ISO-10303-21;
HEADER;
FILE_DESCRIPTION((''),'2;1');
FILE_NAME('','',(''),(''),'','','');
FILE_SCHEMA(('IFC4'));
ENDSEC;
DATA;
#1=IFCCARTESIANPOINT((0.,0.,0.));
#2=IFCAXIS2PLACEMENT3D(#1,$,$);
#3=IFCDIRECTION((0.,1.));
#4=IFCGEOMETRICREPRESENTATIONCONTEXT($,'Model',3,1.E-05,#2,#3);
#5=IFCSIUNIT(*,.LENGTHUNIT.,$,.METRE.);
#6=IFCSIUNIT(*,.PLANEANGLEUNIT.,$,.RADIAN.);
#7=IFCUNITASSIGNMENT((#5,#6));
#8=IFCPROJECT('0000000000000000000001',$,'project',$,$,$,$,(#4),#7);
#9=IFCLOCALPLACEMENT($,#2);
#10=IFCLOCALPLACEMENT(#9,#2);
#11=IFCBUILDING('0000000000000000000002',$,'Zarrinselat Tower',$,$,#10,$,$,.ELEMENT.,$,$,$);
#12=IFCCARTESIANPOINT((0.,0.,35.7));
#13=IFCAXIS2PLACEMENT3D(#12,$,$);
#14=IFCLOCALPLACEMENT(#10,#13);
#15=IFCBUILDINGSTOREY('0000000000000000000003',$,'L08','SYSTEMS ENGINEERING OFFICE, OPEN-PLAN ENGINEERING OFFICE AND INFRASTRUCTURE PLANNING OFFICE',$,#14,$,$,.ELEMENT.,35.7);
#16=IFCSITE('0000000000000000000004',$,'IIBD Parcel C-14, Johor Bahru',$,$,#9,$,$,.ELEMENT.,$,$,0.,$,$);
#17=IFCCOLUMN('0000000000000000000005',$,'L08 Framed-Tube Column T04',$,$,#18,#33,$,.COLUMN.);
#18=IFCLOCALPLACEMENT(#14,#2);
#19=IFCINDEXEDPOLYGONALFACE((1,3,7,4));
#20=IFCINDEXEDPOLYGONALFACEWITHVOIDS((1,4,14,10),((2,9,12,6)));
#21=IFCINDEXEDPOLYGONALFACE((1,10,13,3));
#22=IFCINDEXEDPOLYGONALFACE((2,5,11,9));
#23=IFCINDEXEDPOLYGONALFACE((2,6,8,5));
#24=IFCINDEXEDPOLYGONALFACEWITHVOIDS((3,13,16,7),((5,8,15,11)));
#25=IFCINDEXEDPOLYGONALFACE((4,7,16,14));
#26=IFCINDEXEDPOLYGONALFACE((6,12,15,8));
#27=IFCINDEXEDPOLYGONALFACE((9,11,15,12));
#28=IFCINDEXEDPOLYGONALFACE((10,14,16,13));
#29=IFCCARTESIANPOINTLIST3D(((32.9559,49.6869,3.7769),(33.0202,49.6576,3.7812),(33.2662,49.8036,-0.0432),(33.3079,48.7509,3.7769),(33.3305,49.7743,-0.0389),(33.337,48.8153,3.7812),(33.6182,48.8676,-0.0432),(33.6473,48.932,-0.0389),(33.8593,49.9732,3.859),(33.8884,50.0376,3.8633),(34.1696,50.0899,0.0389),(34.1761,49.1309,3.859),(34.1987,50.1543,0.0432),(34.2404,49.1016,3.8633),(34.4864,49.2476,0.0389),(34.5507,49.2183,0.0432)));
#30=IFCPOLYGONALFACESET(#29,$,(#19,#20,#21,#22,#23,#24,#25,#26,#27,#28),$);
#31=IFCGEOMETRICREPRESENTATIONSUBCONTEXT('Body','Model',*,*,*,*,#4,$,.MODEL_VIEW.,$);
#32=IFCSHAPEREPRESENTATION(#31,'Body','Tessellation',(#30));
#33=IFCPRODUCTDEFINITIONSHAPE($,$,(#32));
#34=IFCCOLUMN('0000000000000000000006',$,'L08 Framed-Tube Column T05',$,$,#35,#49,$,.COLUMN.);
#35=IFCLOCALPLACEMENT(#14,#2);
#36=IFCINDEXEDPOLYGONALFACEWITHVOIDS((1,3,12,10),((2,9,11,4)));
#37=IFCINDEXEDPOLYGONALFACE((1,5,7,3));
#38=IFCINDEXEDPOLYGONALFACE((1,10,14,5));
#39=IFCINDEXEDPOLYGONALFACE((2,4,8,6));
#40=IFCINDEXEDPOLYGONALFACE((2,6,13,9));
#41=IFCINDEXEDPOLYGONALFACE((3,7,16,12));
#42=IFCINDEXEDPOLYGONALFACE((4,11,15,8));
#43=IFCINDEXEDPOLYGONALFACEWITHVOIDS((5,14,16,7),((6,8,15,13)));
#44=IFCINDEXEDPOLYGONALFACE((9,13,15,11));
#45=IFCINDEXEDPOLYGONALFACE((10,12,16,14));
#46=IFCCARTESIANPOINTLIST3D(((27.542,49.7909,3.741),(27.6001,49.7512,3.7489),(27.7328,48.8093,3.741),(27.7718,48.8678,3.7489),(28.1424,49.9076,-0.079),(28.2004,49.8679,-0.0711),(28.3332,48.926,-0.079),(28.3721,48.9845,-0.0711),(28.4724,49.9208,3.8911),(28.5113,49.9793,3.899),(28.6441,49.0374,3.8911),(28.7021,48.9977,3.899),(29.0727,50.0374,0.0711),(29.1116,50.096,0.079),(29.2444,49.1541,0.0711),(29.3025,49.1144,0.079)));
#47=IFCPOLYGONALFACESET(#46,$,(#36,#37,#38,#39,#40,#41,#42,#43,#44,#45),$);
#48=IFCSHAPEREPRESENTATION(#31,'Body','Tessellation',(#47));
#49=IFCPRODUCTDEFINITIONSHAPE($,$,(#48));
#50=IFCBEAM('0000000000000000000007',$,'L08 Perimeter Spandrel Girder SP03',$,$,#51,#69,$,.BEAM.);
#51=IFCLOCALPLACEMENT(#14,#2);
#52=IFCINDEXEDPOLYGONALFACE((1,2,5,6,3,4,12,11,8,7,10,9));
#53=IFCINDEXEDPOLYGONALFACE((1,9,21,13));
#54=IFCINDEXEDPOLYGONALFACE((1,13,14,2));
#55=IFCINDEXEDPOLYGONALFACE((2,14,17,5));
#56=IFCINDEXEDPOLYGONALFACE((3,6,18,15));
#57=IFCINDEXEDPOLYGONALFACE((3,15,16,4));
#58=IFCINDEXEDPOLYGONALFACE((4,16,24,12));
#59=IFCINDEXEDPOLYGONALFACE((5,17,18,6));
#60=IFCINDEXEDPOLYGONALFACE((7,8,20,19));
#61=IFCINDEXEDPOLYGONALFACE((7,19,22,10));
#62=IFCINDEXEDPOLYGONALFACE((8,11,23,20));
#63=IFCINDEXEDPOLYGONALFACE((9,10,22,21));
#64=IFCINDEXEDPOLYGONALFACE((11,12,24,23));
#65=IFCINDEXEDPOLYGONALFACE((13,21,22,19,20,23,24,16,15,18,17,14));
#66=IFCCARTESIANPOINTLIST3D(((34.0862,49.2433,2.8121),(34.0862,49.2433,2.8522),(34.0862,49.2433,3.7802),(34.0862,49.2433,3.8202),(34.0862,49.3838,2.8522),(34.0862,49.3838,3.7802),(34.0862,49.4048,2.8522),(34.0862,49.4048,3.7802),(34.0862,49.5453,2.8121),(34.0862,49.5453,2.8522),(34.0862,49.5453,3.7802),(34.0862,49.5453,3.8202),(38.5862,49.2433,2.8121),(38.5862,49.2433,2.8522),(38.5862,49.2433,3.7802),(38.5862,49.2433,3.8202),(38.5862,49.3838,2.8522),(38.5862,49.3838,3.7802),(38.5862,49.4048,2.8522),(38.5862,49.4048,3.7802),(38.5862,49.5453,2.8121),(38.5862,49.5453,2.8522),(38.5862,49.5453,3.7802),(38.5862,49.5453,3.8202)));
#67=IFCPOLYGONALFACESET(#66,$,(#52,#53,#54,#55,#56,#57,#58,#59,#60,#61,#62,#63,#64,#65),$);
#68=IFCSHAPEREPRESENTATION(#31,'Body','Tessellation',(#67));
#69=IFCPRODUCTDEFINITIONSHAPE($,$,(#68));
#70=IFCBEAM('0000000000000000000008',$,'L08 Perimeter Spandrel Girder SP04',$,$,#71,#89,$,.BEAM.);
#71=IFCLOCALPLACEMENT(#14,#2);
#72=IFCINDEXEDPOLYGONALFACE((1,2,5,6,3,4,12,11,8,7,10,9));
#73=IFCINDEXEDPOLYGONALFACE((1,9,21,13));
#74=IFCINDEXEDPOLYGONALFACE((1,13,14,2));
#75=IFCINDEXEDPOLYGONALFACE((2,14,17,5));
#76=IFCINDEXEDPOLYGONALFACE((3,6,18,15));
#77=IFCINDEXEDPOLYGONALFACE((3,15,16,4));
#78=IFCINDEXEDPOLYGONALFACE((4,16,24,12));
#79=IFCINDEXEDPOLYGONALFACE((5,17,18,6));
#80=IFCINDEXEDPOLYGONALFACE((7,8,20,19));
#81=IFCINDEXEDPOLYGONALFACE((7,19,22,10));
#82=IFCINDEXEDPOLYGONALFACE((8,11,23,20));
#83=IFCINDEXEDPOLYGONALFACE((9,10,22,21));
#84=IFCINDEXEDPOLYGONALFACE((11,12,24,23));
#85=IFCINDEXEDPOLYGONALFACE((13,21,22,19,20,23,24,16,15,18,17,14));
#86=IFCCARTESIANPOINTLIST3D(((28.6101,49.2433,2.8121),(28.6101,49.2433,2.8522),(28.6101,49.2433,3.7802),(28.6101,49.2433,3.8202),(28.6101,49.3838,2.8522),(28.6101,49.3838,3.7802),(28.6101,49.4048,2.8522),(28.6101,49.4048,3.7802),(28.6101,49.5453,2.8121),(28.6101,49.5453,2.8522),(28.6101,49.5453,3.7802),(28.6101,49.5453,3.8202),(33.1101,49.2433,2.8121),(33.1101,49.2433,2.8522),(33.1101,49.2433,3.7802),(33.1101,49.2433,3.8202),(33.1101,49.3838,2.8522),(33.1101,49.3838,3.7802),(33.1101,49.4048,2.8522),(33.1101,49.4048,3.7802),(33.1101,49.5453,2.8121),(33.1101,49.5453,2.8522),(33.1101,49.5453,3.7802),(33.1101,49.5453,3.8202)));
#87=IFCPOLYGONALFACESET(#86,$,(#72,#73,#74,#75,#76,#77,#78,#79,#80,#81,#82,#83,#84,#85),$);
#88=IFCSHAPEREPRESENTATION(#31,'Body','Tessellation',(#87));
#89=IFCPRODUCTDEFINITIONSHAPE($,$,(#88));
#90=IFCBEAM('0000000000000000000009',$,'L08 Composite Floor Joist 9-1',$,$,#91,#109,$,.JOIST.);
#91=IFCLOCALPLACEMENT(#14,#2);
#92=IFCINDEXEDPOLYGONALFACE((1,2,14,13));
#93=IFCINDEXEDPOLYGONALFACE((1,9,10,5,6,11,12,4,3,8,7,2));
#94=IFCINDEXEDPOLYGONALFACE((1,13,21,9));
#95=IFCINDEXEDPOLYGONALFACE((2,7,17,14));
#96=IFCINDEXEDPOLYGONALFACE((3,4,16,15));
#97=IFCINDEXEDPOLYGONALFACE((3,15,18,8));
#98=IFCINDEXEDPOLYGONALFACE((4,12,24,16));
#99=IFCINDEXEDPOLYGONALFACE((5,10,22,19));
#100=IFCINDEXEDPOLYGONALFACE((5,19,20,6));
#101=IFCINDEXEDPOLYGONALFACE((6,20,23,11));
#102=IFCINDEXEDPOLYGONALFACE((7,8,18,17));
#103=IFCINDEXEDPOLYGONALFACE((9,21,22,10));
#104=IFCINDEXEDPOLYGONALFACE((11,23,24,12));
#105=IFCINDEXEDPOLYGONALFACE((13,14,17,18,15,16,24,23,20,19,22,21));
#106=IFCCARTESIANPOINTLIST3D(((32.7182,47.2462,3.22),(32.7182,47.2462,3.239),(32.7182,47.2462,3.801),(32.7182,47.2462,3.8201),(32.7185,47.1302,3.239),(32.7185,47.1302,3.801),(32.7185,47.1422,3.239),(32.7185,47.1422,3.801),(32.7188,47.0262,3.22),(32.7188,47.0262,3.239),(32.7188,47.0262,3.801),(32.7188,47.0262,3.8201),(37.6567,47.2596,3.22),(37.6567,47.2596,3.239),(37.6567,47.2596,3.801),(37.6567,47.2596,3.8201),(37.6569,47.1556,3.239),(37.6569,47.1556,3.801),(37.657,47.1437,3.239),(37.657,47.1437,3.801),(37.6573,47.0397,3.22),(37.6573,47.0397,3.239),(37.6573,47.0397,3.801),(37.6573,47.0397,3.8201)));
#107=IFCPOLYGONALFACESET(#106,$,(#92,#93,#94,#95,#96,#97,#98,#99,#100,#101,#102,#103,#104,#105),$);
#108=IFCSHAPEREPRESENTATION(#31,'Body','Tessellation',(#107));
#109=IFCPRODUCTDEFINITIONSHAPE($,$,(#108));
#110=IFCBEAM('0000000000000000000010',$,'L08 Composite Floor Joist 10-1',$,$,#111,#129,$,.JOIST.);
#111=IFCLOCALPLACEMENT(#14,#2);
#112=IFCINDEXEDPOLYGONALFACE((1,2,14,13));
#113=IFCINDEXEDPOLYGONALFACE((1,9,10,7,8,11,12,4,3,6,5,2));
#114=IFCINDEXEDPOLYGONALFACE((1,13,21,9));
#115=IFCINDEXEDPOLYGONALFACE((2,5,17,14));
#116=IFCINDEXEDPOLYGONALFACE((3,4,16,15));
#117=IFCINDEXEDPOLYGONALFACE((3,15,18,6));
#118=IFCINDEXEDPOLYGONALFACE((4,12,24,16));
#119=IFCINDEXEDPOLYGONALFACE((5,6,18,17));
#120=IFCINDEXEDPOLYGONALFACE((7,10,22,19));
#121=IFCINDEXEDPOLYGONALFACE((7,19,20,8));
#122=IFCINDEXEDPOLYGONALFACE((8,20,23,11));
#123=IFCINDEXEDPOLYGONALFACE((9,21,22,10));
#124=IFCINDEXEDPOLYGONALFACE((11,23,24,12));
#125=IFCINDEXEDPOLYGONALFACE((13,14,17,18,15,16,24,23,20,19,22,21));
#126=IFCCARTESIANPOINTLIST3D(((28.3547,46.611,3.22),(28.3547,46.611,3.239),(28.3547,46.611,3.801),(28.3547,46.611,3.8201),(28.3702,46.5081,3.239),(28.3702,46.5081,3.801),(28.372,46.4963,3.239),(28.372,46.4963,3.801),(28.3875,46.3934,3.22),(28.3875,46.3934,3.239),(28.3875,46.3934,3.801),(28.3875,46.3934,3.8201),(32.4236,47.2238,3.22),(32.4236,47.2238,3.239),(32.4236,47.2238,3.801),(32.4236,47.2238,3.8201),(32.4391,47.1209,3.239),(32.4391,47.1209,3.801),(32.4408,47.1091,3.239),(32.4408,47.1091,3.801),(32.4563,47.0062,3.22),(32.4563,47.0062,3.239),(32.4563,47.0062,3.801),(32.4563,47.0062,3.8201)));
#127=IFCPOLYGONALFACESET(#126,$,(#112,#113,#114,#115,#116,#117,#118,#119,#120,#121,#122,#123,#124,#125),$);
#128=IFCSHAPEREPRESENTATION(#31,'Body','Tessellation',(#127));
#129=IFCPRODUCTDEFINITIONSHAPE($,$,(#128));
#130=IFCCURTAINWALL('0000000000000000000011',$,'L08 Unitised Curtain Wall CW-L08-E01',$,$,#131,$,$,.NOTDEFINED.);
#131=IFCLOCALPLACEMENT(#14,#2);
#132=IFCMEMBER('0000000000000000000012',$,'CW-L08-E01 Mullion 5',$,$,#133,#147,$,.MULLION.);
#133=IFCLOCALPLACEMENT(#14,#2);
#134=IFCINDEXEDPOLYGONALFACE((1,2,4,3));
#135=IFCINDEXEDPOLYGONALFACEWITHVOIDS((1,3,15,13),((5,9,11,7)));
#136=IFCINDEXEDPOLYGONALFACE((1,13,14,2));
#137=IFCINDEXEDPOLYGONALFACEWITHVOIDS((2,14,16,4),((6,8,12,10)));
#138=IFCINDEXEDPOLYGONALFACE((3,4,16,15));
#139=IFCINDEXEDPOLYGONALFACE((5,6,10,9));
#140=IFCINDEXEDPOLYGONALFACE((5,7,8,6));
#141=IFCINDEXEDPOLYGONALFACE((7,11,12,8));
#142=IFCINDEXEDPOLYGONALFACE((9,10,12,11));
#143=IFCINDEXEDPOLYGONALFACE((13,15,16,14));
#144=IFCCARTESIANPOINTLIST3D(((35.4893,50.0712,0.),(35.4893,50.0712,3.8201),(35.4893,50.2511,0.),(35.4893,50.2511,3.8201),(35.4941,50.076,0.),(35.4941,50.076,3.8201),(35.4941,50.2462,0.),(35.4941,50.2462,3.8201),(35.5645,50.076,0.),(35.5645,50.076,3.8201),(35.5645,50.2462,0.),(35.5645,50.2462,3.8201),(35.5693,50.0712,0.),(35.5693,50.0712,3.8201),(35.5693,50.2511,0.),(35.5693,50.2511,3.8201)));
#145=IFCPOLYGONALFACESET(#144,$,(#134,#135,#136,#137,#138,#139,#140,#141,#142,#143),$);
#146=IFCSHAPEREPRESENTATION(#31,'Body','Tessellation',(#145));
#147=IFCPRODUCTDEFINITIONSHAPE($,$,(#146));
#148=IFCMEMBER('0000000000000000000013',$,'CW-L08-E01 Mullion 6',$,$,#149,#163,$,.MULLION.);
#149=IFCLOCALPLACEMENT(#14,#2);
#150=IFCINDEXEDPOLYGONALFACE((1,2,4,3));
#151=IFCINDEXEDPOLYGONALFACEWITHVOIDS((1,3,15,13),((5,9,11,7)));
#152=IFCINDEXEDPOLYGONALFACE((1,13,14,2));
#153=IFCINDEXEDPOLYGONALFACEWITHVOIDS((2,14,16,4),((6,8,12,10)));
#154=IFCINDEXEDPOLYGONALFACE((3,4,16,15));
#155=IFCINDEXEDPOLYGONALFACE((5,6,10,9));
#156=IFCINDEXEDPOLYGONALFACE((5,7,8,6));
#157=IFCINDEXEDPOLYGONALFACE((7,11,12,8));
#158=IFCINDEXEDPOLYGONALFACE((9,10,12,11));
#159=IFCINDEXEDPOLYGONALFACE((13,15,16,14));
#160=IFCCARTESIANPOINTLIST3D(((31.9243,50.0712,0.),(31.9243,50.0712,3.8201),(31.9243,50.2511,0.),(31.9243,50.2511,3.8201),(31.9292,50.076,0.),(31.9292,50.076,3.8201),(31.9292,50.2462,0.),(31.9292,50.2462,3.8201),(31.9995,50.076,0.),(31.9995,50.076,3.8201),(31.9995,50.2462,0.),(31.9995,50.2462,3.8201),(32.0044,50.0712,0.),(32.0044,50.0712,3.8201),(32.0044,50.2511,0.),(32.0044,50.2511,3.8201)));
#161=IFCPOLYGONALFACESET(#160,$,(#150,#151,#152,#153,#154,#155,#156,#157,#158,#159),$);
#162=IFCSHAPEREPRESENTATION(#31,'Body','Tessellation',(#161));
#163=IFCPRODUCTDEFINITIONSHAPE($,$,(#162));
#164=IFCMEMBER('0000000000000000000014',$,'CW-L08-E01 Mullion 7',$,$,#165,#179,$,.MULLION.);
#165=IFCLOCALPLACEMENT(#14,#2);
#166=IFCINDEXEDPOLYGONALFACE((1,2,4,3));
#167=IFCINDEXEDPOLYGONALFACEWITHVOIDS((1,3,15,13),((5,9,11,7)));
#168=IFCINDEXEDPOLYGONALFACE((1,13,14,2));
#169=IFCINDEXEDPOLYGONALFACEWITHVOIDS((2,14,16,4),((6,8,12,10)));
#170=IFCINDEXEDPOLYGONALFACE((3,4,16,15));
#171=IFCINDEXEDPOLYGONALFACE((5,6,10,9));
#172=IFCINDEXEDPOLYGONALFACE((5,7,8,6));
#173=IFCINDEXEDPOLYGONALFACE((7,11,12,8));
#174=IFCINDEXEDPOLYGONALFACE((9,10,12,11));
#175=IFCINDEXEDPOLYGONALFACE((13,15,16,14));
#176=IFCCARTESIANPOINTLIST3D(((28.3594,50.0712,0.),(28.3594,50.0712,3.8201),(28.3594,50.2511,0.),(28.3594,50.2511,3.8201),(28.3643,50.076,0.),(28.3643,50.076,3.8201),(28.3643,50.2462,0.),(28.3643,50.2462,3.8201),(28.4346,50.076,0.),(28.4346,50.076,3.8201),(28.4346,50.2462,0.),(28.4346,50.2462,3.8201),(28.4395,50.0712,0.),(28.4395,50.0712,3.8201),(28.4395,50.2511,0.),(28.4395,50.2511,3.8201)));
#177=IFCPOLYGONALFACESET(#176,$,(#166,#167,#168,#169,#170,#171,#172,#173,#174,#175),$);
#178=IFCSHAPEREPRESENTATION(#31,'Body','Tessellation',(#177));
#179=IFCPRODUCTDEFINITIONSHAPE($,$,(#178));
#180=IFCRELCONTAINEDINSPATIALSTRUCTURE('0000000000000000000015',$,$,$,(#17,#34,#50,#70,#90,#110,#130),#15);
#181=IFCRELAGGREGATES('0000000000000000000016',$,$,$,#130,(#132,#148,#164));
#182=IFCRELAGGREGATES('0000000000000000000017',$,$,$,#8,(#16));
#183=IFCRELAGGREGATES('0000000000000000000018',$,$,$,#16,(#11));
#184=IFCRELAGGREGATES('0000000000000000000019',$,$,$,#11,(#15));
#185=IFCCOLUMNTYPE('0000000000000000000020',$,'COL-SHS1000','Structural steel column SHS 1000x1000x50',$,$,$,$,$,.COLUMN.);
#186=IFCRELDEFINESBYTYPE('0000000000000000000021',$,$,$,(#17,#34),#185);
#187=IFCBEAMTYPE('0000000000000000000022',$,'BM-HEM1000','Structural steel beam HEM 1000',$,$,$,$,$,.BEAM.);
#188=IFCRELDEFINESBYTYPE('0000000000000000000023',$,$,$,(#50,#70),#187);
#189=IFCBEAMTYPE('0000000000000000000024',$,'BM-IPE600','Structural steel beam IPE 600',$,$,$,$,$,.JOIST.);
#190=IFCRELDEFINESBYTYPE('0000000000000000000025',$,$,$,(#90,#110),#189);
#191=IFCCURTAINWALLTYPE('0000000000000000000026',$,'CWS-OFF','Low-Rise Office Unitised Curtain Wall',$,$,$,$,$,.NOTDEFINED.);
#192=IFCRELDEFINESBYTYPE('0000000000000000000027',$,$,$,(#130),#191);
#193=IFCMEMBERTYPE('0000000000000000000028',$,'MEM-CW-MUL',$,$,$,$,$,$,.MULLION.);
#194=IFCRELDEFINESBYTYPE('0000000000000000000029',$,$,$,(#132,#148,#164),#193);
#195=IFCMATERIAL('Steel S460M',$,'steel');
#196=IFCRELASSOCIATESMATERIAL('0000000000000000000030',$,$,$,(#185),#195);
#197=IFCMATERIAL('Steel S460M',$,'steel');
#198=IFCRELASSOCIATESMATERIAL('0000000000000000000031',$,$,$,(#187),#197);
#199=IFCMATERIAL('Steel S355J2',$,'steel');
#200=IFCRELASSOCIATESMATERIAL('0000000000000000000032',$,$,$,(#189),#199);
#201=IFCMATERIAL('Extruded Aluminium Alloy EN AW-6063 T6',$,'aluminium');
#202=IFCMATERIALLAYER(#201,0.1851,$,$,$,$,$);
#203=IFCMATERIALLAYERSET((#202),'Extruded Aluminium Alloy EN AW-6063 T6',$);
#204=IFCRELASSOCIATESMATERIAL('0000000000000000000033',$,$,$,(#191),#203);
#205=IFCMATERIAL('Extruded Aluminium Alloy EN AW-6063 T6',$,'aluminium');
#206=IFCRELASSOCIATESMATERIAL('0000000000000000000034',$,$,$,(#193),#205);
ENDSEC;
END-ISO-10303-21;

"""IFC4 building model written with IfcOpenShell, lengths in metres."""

from ifc_helpers import new_model, si_unit, direction, frame, origin, origin_2d, place, context, subcontext, project, spatial, hollow_rectangle, i_section, extrude, material, layer, layer_set, material_profile, profile_set, type_object, element, aggregate, save


model = new_model("IFC4")

# Units and contexts
model_context = context("Model", 3, precision=1e-05, world=origin(), true_north=direction((0.0, 1.0)))
body_context = subcontext(model_context, "Body", "Model", "MODEL_VIEW")
ifc_project = project(units=[si_unit("LENGTHUNIT", "METRE"), si_unit("PLANEANGLEUNIT", "RADIAN")], contexts=[model_context])

# Site, building, storey
site_placement = place(None, origin())
site = spatial("IfcSite", under=ifc_project, at=site_placement, Name="IIBD Parcel C-14, Johor Bahru", CompositionType="ELEMENT", RefElevation=0.0)
building_placement = place(site_placement, origin())
building = spatial("IfcBuilding", under=site, at=building_placement, Name="Zarrinselat Tower", CompositionType="ELEMENT")
storey_placement = place(building_placement, frame((0.0, 0.0, 35.7)))
storey = spatial("IfcBuildingStorey", under=building, at=storey_placement, Name="L08", Description="SYSTEMS ENGINEERING OFFICE, OPEN-PLAN ENGINEERING OFFICE AND INFRASTRUCTURE PLANNING OFFICE", CompositionType="ELEMENT", Elevation=35.7)

# Columns
ifc_material_1 = material(Name="Steel S460M", Category="steel")
ifc_material_profile_1 = material_profile(ifc_material_1, hollow_rectangle(XDim=1.0, YDim=1.0, WallThickness=0.05, at=origin_2d()), Name="SHS 1000x1000x50")
ifc_profile_set_1 = profile_set([ifc_material_profile_1], Name="Steel S460M")
column_type = type_object("IfcColumnType", Name="COL-SHS1000", Description="Structural steel column SHS 1000x1000x50", PredefinedType="COLUMN", material=ifc_profile_set_1)
column_1_placement = place(storey_placement, frame((33.9084, 49.511, 0.0), z_axis=(-0.080925, -0.030435, 0.996255), x_axis=(0.352011, -0.935996, 0.0)))
element("IfcColumn", 1, at=column_1_placement, inside=storey, type_object=column_type, Name="L08 Framed-Tube Column T04", PredefinedType="COLUMN", context=body_context, shape_type="SweptSolid", body=[
    extrude(hollow_rectangle(XDim=1.0, YDim=1.0, WallThickness=0.05, at=origin_2d()), origin(), (0.0, 0.0, 1.0), 3.8345),
])
column_2_placement = place(storey_placement, frame((28.7224, 49.511, 0.0), z_axis=(-0.155179, -0.030165, 0.987426), x_axis=(0.190816, -0.981626, 0.0)))
element("IfcColumn", 2, at=column_2_placement, inside=storey, type_object=column_type, Name="L08 Framed-Tube Column T05", PredefinedType="COLUMN", context=body_context, shape_type="SweptSolid", body=[
    extrude(hollow_rectangle(XDim=1.0, YDim=1.0, WallThickness=0.05, at=origin_2d()), origin(), (0.0, 0.0, 1.0), 3.8687),
])

# Beams
ifc_material_2 = material(Name="Steel S460M", Category="steel")
ifc_material_profile_2 = material_profile(ifc_material_2, i_section(OverallWidth=0.302, OverallDepth=1.0081, WebThickness=0.021, FlangeThickness=0.04, at=origin_2d()), Name="HEM 1000")
ifc_profile_set_2 = profile_set([ifc_material_profile_2], Name="Steel S460M")
beam_type_1 = type_object("IfcBeamType", Name="BM-HEM1000", Description="Structural steel beam HEM 1000", PredefinedType="BEAM", material=ifc_profile_set_2)
for number, where, z_axis, x_axis, name in (
    (3, (34.0862, 49.3943, 3.3162), (1.0, 0.0, 0.0), (0.0, 1.0, 0.0), "L08 Perimeter Spandrel Girder SP03"),
    (4, (28.6101, 49.3943, 3.3162), (1.0, 0.0, 0.0), (0.0, 1.0, 0.0), "L08 Perimeter Spandrel Girder SP04"),
):
    element("IfcBeam", number, at=place(storey_placement, frame(where, z_axis=z_axis, x_axis=x_axis)), inside=storey, type_object=beam_type_1, Name=name, PredefinedType="BEAM", context=body_context, shape_type="SweptSolid", body=[
        extrude(i_section(OverallWidth=0.302, OverallDepth=1.0081, WebThickness=0.021, FlangeThickness=0.04, at=origin_2d()), origin(), (0.0, 0.0, 1.0), 4.5),
    ])
ifc_material_3 = material(Name="Steel S355J2", Category="steel")
ifc_material_profile_3 = material_profile(ifc_material_3, i_section(OverallWidth=0.22, OverallDepth=0.6001, WebThickness=0.012, FlangeThickness=0.019, at=origin_2d()), Name="IPE 600")
ifc_profile_set_3 = profile_set([ifc_material_profile_3], Name="Steel S355J2")
beam_type_2 = type_object("IfcBeamType", Name="BM-IPE600", Description="Structural steel beam IPE 600", PredefinedType="JOIST", material=ifc_profile_set_3)
beam_1_placement = place(storey_placement, frame((32.7185, 47.1362, 3.52), z_axis=(0.999996, 0.002719, 0.0), x_axis=(-0.002719, 0.999996, 0.0)))
element("IfcBeam", 5, at=beam_1_placement, inside=storey, type_object=beam_type_2, Name="L08 Composite Floor Joist 9-1", PredefinedType="JOIST", context=body_context, shape_type="SweptSolid", body=[
    extrude(i_section(OverallWidth=0.22, OverallDepth=0.6001, WebThickness=0.012, FlangeThickness=0.019, at=origin_2d()), origin(), (0.0, 0.0, 1.0), 4.9385),
])
beam_2_placement = place(storey_placement, frame((28.3711, 46.5022, 3.52), z_axis=(0.988848, 0.148927, 0.0), x_axis=(-0.148927, 0.988848, 0.0)))
element("IfcBeam", 6, at=beam_2_placement, inside=storey, type_object=beam_type_2, Name="L08 Composite Floor Joist 10-1", PredefinedType="JOIST", context=body_context, shape_type="SweptSolid", body=[
    extrude(i_section(OverallWidth=0.22, OverallDepth=0.6001, WebThickness=0.012, FlangeThickness=0.019, at=origin_2d()), origin(), (0.0, 0.0, 1.0), 4.1147),
])

# Curtain wall, members
ifc_material_4 = material(Name="Extruded Aluminium Alloy EN AW-6063 T6", Category="aluminium")
ifc_layer_1 = layer(ifc_material_4, 0.1851)
ifc_layer_set_1 = layer_set([ifc_layer_1], Name="Extruded Aluminium Alloy EN AW-6063 T6")
curtain_wall_type = type_object("IfcCurtainWallType", Name="CWS-OFF", Description="Low-Rise Office Unitised Curtain Wall", PredefinedType="NOTDEFINED", material=ifc_layer_set_1)
curtain_wall_1_placement = place(storey_placement, origin())
curtain_wall_1 = element("IfcCurtainWall", 7, at=curtain_wall_1_placement, inside=storey, type_object=curtain_wall_type, Name="L08 Unitised Curtain Wall CW-L08-E01", PredefinedType="NOTDEFINED")
ifc_material_5 = material(Name="Extruded Aluminium Alloy EN AW-6063 T6", Category="aluminium")
ifc_material_profile_4 = material_profile(ifc_material_5, hollow_rectangle(XDim=0.0801, YDim=0.1799, WallThickness=0.0049, at=origin_2d()), Name="RHS 180x80x5")
ifc_profile_set_4 = profile_set([ifc_material_profile_4], Name="Extruded Aluminium Alloy EN AW-6063 T6")
member_type_1 = type_object("IfcMemberType", Name="MEM-CW-MUL", PredefinedType="MULLION", material=ifc_profile_set_4)
member_1_placement = place(storey_placement, frame((35.5293, 50.1611, 0.0), z_axis=(0.0, 0.0, 1.0), x_axis=(-1.0, 0.0, 0.0)))
member_1 = element("IfcMember", 8, at=member_1_placement, type_object=member_type_1, Name="CW-L08-E01 Mullion 5", PredefinedType="MULLION", context=body_context, shape_type="SweptSolid", body=[
    extrude(hollow_rectangle(XDim=0.0801, YDim=0.1799, WallThickness=0.0049, at=origin_2d()), origin(), (0.0, 0.0, 1.0), 3.8201),
])
member_2_placement = place(storey_placement, frame((31.9644, 50.1611, 0.0), z_axis=(0.0, 0.0, 1.0), x_axis=(-1.0, 0.0, 0.0)))
member_2 = element("IfcMember", 9, at=member_2_placement, type_object=member_type_1, Name="CW-L08-E01 Mullion 6", PredefinedType="MULLION", context=body_context, shape_type="SweptSolid", body=[
    extrude(hollow_rectangle(XDim=0.0801, YDim=0.1799, WallThickness=0.0049, at=origin_2d()), origin(), (0.0, 0.0, 1.0), 3.8201),
])
member_3_placement = place(storey_placement, frame((28.3994, 50.1611, 0.0), z_axis=(0.0, 0.0, 1.0), x_axis=(-1.0, 0.0, 0.0)))
member_3 = element("IfcMember", 10, at=member_3_placement, type_object=member_type_1, Name="CW-L08-E01 Mullion 7", PredefinedType="MULLION", context=body_context, shape_type="SweptSolid", body=[
    extrude(hollow_rectangle(XDim=0.0801, YDim=0.1799, WallThickness=0.0049, at=origin_2d()), origin(), (0.0, 0.0, 1.0), 3.8201),
])

aggregate(curtain_wall_1, [member_1, member_2, member_3])

save(model, "model.ifc")
